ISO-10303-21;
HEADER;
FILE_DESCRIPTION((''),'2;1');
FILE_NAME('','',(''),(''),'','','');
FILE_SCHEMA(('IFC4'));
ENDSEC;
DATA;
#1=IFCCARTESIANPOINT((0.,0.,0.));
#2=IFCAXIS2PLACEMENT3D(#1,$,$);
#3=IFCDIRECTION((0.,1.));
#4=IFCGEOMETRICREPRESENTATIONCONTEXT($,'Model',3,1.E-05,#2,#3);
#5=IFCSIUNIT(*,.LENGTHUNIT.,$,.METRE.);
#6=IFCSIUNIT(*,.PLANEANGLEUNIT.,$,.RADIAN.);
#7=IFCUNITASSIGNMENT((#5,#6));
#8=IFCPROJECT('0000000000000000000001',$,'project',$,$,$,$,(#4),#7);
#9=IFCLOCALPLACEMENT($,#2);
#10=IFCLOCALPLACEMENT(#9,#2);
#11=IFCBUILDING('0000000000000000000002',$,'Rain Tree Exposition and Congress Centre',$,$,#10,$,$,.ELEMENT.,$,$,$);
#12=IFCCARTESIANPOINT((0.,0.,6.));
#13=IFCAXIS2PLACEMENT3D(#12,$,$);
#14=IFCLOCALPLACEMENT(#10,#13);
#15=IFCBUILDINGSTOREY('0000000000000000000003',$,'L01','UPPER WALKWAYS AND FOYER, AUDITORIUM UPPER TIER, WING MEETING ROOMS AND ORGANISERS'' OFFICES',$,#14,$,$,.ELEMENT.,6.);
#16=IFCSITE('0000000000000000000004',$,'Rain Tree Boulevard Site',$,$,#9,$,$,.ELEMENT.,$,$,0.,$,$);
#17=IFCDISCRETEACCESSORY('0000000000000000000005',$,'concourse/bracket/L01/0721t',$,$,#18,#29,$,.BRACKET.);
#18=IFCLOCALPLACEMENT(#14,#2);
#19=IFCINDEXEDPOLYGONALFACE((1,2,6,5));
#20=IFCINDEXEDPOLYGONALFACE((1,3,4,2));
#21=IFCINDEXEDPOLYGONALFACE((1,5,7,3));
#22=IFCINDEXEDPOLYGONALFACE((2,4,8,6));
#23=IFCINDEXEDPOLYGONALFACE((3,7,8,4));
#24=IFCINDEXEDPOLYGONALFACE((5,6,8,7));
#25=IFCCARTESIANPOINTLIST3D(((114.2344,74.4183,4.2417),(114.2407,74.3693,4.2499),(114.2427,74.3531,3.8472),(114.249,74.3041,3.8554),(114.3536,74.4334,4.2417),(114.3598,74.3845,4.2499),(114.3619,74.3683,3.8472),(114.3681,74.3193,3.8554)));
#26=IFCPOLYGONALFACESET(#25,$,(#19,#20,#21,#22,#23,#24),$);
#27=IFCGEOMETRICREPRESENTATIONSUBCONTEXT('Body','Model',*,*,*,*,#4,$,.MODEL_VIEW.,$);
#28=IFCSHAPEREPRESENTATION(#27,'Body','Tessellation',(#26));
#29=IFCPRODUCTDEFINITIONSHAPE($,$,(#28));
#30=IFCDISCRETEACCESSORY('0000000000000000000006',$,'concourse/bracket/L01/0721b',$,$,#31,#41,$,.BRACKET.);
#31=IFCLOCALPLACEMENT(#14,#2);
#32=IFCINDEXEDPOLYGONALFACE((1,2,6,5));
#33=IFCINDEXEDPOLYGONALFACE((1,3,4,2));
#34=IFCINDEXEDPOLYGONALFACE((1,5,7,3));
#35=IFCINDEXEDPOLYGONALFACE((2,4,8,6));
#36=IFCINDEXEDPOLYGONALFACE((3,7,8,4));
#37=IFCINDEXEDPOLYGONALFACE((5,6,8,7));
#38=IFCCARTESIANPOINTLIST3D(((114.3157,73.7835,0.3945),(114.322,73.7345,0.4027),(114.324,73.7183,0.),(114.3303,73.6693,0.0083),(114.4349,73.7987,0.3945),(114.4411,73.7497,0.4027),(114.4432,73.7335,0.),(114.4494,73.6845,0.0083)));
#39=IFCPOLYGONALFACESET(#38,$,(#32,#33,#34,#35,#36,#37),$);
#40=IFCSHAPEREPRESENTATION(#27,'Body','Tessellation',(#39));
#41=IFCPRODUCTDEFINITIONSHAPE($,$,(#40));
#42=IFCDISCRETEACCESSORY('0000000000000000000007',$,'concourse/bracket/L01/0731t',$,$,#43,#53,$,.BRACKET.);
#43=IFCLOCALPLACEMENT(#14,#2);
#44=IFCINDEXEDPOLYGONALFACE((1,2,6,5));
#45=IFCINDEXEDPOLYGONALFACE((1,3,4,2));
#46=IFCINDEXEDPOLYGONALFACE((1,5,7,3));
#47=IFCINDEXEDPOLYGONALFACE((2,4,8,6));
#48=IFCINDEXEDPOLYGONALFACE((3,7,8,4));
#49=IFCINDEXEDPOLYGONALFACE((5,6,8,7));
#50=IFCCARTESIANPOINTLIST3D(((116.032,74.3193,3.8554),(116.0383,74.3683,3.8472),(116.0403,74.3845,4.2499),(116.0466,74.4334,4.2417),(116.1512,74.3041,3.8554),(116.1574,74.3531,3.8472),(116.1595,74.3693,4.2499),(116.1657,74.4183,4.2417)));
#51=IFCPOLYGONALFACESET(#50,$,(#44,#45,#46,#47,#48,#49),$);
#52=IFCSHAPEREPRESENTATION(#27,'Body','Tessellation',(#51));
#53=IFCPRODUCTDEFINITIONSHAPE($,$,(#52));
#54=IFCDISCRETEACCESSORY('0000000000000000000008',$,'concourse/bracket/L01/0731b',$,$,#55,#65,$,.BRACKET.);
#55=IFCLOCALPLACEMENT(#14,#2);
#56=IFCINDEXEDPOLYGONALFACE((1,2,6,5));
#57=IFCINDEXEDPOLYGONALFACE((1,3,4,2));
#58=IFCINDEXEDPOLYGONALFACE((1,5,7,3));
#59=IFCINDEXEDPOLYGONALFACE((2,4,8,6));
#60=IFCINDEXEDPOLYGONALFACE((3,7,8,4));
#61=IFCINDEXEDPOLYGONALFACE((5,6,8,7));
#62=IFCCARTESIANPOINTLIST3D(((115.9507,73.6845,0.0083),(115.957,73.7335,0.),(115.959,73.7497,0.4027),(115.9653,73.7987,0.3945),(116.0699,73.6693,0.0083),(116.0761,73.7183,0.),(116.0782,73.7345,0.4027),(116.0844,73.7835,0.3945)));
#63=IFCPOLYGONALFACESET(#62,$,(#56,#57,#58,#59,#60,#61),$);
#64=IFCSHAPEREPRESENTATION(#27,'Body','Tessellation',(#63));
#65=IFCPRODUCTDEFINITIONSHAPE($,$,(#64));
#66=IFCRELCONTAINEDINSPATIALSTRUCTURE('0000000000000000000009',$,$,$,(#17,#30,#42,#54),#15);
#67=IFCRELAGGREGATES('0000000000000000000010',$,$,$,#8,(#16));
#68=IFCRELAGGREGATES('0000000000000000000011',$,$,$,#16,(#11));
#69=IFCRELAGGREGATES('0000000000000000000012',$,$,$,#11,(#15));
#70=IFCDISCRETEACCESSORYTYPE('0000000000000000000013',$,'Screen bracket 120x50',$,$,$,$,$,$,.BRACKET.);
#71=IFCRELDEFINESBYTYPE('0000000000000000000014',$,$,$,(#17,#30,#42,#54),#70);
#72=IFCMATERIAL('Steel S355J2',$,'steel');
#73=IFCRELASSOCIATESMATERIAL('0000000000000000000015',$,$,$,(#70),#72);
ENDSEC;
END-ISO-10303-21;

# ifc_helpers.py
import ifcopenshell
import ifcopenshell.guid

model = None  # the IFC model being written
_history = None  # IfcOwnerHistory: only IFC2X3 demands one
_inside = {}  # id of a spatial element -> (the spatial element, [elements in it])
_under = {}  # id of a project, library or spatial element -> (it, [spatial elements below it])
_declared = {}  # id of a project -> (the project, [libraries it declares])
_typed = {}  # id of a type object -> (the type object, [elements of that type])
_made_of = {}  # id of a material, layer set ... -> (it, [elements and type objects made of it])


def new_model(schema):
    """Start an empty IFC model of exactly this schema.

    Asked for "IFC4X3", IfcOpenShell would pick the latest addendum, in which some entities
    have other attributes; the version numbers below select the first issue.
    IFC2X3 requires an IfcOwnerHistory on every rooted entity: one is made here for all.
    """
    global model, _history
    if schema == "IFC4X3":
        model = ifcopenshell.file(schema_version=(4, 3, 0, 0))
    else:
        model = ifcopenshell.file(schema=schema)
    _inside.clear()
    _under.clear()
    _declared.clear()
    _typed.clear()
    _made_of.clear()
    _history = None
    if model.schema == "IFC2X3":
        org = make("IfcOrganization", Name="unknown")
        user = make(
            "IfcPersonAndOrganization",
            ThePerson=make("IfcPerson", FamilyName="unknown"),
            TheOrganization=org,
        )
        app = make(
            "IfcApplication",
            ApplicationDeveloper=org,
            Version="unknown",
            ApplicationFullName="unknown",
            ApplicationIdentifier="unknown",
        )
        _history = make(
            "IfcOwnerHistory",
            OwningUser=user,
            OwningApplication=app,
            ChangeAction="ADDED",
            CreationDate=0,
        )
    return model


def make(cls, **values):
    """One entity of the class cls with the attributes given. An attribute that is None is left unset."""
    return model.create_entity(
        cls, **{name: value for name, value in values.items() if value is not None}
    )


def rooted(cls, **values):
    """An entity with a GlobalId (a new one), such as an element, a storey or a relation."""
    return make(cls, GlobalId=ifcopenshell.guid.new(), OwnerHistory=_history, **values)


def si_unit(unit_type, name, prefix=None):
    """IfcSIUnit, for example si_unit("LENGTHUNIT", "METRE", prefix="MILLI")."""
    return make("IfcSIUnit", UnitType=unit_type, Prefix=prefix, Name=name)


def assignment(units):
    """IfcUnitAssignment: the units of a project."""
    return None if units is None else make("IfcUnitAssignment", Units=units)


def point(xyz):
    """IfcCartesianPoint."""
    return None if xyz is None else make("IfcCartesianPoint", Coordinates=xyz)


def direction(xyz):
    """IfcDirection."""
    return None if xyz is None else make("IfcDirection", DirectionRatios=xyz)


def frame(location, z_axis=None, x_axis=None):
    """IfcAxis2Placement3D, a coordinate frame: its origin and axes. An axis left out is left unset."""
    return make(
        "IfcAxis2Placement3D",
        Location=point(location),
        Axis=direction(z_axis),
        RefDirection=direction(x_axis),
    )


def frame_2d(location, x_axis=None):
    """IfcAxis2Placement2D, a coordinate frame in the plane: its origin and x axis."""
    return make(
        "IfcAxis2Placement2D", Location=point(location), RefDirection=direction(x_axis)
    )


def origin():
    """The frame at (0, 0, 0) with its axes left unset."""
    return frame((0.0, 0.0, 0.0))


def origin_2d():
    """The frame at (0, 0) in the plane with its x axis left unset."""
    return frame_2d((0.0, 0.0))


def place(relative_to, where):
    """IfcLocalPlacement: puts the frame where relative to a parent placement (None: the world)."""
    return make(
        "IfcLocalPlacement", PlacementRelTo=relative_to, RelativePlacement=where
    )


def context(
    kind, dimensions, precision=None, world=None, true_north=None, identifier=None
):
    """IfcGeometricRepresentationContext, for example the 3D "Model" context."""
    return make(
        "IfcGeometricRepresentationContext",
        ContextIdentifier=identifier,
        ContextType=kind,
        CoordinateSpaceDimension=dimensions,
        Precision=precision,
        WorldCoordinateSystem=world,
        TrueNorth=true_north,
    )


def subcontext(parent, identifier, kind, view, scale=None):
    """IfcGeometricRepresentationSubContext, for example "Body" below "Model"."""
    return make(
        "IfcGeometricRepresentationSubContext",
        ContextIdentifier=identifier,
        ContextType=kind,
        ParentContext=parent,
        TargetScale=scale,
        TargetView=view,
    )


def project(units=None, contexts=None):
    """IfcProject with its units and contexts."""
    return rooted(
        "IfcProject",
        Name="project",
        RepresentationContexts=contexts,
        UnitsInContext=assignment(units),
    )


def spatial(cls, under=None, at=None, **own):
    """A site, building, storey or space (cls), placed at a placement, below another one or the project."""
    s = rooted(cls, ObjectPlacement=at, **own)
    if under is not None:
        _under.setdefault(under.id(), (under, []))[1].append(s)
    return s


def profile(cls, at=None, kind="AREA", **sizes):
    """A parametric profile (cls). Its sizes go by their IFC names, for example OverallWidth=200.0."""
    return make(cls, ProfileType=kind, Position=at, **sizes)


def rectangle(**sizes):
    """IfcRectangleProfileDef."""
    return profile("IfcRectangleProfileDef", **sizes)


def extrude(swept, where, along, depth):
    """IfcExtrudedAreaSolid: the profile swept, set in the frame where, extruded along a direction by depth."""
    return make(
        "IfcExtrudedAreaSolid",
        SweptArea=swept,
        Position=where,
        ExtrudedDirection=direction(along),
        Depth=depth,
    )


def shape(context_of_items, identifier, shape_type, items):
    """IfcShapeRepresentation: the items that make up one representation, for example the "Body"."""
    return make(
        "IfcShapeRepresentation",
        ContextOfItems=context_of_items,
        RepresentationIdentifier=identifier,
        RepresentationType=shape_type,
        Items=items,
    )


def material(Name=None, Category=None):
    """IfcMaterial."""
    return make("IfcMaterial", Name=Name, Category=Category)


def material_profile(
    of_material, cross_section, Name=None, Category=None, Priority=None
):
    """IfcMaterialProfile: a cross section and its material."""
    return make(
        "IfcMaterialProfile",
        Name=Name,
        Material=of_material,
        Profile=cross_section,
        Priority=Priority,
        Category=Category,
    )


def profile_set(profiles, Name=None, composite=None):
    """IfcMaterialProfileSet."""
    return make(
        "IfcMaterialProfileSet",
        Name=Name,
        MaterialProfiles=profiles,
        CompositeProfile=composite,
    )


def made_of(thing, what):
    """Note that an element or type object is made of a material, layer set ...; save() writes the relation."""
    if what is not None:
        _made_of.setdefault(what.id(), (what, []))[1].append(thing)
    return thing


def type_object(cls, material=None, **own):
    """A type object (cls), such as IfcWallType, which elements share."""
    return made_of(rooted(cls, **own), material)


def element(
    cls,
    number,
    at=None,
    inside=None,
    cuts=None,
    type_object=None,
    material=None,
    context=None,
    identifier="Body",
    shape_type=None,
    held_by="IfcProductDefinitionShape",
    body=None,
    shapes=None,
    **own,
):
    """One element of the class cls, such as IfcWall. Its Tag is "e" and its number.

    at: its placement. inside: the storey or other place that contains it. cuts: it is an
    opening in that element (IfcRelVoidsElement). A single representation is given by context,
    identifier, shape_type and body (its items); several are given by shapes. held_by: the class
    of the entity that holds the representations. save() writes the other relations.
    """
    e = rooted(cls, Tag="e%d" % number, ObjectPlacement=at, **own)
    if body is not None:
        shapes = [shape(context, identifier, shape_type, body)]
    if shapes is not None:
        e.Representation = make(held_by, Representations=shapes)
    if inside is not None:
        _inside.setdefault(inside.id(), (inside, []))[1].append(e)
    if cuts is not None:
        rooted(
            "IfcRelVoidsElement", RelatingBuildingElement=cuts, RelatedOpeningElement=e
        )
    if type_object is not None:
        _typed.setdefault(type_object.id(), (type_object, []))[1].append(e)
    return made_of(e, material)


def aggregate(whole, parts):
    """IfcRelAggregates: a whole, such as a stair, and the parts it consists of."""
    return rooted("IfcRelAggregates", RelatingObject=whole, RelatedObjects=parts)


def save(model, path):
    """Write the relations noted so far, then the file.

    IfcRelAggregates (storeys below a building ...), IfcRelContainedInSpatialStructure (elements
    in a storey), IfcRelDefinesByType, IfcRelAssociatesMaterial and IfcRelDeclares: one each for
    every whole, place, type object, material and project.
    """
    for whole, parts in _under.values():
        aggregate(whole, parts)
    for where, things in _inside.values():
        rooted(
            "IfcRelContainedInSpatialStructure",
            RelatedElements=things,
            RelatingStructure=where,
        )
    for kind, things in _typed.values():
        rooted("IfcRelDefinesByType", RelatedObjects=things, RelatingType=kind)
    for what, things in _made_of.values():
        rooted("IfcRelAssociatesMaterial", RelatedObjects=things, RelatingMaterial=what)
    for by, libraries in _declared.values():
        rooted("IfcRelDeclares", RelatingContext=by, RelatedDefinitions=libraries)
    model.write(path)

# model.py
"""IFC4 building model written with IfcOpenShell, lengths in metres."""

from ifc_helpers import new_model, si_unit, direction, frame, origin, origin_2d, place, context, subcontext, project, spatial, rectangle, extrude, material, material_profile, profile_set, type_object, element, save


model = new_model("IFC4")

# Units and contexts
model_context = context("Model", 3, precision=1e-05, world=origin(), true_north=direction((0.0, 1.0)))
body_context = subcontext(model_context, "Body", "Model", "MODEL_VIEW")
ifc_project = project(units=[si_unit("LENGTHUNIT", "METRE"), si_unit("PLANEANGLEUNIT", "RADIAN")], contexts=[model_context])

# Site, building, storey
site_placement = place(None, origin())
site = spatial("IfcSite", under=ifc_project, at=site_placement, Name="Rain Tree Boulevard Site", CompositionType="ELEMENT", RefElevation=0.0)
building_placement = place(site_placement, origin())
building = spatial("IfcBuilding", under=site, at=building_placement, Name="Rain Tree Exposition and Congress Centre", CompositionType="ELEMENT")
storey_placement = place(building_placement, frame((0.0, 0.0, 6.0)))
storey = spatial("IfcBuildingStorey", under=building, at=storey_placement, Name="L01", Description="UPPER WALKWAYS AND FOYER, AUDITORIUM UPPER TIER, WING MEETING ROOMS AND ORGANISERS' OFFICES", CompositionType="ELEMENT", Elevation=6.0)

# Discrete accessories
ifc_material_1 = material(Name="Steel S355J2", Category="steel")
ifc_material_profile_1 = material_profile(ifc_material_1, rectangle(XDim=0.1201, YDim=0.05, at=origin_2d()), Name="Flat bar 120x50")
ifc_profile_set_1 = profile_set([ifc_material_profile_1], Name="Steel S355J2")
discrete_accessory_type = type_object("IfcDiscreteAccessoryType", Name="Screen bracket 120x50", PredefinedType="BRACKET", material=ifc_profile_set_1)
for number, where, z_axis, x_axis, name in (
    (1, (114.3054, 74.3362, 3.8513), (-0.020754, 0.162978, 0.986411), (-0.991989, -0.126321, 0.0), "concourse/bracket/L01/0721t"),
    (2, (114.3867, 73.7014, 0.0042), (-0.020754, 0.162978, 0.986411), (-0.991989, -0.126321, 0.0), "concourse/bracket/L01/0721b"),
    (3, (116.0947, 74.3362, 3.8513), (0.020754, 0.162978, 0.986411), (-0.991989, 0.126321, 0.0), "concourse/bracket/L01/0731t"),
    (4, (116.0134, 73.7014, 0.0042), (0.020754, 0.162978, 0.986411), (-0.991989, 0.126321, 0.0), "concourse/bracket/L01/0731b"),
):
    element("IfcDiscreteAccessory", number, at=place(storey_placement, frame(where, z_axis=z_axis, x_axis=x_axis)), inside=storey, type_object=discrete_accessory_type, Name=name, PredefinedType="BRACKET", context=body_context, shape_type="SweptSolid", body=[
        extrude(rectangle(XDim=0.1201, YDim=0.05, at=origin_2d()), origin(), (0.0, 0.0, 1.0), 0.3999),
    ])

save(model, "model.ifc")
